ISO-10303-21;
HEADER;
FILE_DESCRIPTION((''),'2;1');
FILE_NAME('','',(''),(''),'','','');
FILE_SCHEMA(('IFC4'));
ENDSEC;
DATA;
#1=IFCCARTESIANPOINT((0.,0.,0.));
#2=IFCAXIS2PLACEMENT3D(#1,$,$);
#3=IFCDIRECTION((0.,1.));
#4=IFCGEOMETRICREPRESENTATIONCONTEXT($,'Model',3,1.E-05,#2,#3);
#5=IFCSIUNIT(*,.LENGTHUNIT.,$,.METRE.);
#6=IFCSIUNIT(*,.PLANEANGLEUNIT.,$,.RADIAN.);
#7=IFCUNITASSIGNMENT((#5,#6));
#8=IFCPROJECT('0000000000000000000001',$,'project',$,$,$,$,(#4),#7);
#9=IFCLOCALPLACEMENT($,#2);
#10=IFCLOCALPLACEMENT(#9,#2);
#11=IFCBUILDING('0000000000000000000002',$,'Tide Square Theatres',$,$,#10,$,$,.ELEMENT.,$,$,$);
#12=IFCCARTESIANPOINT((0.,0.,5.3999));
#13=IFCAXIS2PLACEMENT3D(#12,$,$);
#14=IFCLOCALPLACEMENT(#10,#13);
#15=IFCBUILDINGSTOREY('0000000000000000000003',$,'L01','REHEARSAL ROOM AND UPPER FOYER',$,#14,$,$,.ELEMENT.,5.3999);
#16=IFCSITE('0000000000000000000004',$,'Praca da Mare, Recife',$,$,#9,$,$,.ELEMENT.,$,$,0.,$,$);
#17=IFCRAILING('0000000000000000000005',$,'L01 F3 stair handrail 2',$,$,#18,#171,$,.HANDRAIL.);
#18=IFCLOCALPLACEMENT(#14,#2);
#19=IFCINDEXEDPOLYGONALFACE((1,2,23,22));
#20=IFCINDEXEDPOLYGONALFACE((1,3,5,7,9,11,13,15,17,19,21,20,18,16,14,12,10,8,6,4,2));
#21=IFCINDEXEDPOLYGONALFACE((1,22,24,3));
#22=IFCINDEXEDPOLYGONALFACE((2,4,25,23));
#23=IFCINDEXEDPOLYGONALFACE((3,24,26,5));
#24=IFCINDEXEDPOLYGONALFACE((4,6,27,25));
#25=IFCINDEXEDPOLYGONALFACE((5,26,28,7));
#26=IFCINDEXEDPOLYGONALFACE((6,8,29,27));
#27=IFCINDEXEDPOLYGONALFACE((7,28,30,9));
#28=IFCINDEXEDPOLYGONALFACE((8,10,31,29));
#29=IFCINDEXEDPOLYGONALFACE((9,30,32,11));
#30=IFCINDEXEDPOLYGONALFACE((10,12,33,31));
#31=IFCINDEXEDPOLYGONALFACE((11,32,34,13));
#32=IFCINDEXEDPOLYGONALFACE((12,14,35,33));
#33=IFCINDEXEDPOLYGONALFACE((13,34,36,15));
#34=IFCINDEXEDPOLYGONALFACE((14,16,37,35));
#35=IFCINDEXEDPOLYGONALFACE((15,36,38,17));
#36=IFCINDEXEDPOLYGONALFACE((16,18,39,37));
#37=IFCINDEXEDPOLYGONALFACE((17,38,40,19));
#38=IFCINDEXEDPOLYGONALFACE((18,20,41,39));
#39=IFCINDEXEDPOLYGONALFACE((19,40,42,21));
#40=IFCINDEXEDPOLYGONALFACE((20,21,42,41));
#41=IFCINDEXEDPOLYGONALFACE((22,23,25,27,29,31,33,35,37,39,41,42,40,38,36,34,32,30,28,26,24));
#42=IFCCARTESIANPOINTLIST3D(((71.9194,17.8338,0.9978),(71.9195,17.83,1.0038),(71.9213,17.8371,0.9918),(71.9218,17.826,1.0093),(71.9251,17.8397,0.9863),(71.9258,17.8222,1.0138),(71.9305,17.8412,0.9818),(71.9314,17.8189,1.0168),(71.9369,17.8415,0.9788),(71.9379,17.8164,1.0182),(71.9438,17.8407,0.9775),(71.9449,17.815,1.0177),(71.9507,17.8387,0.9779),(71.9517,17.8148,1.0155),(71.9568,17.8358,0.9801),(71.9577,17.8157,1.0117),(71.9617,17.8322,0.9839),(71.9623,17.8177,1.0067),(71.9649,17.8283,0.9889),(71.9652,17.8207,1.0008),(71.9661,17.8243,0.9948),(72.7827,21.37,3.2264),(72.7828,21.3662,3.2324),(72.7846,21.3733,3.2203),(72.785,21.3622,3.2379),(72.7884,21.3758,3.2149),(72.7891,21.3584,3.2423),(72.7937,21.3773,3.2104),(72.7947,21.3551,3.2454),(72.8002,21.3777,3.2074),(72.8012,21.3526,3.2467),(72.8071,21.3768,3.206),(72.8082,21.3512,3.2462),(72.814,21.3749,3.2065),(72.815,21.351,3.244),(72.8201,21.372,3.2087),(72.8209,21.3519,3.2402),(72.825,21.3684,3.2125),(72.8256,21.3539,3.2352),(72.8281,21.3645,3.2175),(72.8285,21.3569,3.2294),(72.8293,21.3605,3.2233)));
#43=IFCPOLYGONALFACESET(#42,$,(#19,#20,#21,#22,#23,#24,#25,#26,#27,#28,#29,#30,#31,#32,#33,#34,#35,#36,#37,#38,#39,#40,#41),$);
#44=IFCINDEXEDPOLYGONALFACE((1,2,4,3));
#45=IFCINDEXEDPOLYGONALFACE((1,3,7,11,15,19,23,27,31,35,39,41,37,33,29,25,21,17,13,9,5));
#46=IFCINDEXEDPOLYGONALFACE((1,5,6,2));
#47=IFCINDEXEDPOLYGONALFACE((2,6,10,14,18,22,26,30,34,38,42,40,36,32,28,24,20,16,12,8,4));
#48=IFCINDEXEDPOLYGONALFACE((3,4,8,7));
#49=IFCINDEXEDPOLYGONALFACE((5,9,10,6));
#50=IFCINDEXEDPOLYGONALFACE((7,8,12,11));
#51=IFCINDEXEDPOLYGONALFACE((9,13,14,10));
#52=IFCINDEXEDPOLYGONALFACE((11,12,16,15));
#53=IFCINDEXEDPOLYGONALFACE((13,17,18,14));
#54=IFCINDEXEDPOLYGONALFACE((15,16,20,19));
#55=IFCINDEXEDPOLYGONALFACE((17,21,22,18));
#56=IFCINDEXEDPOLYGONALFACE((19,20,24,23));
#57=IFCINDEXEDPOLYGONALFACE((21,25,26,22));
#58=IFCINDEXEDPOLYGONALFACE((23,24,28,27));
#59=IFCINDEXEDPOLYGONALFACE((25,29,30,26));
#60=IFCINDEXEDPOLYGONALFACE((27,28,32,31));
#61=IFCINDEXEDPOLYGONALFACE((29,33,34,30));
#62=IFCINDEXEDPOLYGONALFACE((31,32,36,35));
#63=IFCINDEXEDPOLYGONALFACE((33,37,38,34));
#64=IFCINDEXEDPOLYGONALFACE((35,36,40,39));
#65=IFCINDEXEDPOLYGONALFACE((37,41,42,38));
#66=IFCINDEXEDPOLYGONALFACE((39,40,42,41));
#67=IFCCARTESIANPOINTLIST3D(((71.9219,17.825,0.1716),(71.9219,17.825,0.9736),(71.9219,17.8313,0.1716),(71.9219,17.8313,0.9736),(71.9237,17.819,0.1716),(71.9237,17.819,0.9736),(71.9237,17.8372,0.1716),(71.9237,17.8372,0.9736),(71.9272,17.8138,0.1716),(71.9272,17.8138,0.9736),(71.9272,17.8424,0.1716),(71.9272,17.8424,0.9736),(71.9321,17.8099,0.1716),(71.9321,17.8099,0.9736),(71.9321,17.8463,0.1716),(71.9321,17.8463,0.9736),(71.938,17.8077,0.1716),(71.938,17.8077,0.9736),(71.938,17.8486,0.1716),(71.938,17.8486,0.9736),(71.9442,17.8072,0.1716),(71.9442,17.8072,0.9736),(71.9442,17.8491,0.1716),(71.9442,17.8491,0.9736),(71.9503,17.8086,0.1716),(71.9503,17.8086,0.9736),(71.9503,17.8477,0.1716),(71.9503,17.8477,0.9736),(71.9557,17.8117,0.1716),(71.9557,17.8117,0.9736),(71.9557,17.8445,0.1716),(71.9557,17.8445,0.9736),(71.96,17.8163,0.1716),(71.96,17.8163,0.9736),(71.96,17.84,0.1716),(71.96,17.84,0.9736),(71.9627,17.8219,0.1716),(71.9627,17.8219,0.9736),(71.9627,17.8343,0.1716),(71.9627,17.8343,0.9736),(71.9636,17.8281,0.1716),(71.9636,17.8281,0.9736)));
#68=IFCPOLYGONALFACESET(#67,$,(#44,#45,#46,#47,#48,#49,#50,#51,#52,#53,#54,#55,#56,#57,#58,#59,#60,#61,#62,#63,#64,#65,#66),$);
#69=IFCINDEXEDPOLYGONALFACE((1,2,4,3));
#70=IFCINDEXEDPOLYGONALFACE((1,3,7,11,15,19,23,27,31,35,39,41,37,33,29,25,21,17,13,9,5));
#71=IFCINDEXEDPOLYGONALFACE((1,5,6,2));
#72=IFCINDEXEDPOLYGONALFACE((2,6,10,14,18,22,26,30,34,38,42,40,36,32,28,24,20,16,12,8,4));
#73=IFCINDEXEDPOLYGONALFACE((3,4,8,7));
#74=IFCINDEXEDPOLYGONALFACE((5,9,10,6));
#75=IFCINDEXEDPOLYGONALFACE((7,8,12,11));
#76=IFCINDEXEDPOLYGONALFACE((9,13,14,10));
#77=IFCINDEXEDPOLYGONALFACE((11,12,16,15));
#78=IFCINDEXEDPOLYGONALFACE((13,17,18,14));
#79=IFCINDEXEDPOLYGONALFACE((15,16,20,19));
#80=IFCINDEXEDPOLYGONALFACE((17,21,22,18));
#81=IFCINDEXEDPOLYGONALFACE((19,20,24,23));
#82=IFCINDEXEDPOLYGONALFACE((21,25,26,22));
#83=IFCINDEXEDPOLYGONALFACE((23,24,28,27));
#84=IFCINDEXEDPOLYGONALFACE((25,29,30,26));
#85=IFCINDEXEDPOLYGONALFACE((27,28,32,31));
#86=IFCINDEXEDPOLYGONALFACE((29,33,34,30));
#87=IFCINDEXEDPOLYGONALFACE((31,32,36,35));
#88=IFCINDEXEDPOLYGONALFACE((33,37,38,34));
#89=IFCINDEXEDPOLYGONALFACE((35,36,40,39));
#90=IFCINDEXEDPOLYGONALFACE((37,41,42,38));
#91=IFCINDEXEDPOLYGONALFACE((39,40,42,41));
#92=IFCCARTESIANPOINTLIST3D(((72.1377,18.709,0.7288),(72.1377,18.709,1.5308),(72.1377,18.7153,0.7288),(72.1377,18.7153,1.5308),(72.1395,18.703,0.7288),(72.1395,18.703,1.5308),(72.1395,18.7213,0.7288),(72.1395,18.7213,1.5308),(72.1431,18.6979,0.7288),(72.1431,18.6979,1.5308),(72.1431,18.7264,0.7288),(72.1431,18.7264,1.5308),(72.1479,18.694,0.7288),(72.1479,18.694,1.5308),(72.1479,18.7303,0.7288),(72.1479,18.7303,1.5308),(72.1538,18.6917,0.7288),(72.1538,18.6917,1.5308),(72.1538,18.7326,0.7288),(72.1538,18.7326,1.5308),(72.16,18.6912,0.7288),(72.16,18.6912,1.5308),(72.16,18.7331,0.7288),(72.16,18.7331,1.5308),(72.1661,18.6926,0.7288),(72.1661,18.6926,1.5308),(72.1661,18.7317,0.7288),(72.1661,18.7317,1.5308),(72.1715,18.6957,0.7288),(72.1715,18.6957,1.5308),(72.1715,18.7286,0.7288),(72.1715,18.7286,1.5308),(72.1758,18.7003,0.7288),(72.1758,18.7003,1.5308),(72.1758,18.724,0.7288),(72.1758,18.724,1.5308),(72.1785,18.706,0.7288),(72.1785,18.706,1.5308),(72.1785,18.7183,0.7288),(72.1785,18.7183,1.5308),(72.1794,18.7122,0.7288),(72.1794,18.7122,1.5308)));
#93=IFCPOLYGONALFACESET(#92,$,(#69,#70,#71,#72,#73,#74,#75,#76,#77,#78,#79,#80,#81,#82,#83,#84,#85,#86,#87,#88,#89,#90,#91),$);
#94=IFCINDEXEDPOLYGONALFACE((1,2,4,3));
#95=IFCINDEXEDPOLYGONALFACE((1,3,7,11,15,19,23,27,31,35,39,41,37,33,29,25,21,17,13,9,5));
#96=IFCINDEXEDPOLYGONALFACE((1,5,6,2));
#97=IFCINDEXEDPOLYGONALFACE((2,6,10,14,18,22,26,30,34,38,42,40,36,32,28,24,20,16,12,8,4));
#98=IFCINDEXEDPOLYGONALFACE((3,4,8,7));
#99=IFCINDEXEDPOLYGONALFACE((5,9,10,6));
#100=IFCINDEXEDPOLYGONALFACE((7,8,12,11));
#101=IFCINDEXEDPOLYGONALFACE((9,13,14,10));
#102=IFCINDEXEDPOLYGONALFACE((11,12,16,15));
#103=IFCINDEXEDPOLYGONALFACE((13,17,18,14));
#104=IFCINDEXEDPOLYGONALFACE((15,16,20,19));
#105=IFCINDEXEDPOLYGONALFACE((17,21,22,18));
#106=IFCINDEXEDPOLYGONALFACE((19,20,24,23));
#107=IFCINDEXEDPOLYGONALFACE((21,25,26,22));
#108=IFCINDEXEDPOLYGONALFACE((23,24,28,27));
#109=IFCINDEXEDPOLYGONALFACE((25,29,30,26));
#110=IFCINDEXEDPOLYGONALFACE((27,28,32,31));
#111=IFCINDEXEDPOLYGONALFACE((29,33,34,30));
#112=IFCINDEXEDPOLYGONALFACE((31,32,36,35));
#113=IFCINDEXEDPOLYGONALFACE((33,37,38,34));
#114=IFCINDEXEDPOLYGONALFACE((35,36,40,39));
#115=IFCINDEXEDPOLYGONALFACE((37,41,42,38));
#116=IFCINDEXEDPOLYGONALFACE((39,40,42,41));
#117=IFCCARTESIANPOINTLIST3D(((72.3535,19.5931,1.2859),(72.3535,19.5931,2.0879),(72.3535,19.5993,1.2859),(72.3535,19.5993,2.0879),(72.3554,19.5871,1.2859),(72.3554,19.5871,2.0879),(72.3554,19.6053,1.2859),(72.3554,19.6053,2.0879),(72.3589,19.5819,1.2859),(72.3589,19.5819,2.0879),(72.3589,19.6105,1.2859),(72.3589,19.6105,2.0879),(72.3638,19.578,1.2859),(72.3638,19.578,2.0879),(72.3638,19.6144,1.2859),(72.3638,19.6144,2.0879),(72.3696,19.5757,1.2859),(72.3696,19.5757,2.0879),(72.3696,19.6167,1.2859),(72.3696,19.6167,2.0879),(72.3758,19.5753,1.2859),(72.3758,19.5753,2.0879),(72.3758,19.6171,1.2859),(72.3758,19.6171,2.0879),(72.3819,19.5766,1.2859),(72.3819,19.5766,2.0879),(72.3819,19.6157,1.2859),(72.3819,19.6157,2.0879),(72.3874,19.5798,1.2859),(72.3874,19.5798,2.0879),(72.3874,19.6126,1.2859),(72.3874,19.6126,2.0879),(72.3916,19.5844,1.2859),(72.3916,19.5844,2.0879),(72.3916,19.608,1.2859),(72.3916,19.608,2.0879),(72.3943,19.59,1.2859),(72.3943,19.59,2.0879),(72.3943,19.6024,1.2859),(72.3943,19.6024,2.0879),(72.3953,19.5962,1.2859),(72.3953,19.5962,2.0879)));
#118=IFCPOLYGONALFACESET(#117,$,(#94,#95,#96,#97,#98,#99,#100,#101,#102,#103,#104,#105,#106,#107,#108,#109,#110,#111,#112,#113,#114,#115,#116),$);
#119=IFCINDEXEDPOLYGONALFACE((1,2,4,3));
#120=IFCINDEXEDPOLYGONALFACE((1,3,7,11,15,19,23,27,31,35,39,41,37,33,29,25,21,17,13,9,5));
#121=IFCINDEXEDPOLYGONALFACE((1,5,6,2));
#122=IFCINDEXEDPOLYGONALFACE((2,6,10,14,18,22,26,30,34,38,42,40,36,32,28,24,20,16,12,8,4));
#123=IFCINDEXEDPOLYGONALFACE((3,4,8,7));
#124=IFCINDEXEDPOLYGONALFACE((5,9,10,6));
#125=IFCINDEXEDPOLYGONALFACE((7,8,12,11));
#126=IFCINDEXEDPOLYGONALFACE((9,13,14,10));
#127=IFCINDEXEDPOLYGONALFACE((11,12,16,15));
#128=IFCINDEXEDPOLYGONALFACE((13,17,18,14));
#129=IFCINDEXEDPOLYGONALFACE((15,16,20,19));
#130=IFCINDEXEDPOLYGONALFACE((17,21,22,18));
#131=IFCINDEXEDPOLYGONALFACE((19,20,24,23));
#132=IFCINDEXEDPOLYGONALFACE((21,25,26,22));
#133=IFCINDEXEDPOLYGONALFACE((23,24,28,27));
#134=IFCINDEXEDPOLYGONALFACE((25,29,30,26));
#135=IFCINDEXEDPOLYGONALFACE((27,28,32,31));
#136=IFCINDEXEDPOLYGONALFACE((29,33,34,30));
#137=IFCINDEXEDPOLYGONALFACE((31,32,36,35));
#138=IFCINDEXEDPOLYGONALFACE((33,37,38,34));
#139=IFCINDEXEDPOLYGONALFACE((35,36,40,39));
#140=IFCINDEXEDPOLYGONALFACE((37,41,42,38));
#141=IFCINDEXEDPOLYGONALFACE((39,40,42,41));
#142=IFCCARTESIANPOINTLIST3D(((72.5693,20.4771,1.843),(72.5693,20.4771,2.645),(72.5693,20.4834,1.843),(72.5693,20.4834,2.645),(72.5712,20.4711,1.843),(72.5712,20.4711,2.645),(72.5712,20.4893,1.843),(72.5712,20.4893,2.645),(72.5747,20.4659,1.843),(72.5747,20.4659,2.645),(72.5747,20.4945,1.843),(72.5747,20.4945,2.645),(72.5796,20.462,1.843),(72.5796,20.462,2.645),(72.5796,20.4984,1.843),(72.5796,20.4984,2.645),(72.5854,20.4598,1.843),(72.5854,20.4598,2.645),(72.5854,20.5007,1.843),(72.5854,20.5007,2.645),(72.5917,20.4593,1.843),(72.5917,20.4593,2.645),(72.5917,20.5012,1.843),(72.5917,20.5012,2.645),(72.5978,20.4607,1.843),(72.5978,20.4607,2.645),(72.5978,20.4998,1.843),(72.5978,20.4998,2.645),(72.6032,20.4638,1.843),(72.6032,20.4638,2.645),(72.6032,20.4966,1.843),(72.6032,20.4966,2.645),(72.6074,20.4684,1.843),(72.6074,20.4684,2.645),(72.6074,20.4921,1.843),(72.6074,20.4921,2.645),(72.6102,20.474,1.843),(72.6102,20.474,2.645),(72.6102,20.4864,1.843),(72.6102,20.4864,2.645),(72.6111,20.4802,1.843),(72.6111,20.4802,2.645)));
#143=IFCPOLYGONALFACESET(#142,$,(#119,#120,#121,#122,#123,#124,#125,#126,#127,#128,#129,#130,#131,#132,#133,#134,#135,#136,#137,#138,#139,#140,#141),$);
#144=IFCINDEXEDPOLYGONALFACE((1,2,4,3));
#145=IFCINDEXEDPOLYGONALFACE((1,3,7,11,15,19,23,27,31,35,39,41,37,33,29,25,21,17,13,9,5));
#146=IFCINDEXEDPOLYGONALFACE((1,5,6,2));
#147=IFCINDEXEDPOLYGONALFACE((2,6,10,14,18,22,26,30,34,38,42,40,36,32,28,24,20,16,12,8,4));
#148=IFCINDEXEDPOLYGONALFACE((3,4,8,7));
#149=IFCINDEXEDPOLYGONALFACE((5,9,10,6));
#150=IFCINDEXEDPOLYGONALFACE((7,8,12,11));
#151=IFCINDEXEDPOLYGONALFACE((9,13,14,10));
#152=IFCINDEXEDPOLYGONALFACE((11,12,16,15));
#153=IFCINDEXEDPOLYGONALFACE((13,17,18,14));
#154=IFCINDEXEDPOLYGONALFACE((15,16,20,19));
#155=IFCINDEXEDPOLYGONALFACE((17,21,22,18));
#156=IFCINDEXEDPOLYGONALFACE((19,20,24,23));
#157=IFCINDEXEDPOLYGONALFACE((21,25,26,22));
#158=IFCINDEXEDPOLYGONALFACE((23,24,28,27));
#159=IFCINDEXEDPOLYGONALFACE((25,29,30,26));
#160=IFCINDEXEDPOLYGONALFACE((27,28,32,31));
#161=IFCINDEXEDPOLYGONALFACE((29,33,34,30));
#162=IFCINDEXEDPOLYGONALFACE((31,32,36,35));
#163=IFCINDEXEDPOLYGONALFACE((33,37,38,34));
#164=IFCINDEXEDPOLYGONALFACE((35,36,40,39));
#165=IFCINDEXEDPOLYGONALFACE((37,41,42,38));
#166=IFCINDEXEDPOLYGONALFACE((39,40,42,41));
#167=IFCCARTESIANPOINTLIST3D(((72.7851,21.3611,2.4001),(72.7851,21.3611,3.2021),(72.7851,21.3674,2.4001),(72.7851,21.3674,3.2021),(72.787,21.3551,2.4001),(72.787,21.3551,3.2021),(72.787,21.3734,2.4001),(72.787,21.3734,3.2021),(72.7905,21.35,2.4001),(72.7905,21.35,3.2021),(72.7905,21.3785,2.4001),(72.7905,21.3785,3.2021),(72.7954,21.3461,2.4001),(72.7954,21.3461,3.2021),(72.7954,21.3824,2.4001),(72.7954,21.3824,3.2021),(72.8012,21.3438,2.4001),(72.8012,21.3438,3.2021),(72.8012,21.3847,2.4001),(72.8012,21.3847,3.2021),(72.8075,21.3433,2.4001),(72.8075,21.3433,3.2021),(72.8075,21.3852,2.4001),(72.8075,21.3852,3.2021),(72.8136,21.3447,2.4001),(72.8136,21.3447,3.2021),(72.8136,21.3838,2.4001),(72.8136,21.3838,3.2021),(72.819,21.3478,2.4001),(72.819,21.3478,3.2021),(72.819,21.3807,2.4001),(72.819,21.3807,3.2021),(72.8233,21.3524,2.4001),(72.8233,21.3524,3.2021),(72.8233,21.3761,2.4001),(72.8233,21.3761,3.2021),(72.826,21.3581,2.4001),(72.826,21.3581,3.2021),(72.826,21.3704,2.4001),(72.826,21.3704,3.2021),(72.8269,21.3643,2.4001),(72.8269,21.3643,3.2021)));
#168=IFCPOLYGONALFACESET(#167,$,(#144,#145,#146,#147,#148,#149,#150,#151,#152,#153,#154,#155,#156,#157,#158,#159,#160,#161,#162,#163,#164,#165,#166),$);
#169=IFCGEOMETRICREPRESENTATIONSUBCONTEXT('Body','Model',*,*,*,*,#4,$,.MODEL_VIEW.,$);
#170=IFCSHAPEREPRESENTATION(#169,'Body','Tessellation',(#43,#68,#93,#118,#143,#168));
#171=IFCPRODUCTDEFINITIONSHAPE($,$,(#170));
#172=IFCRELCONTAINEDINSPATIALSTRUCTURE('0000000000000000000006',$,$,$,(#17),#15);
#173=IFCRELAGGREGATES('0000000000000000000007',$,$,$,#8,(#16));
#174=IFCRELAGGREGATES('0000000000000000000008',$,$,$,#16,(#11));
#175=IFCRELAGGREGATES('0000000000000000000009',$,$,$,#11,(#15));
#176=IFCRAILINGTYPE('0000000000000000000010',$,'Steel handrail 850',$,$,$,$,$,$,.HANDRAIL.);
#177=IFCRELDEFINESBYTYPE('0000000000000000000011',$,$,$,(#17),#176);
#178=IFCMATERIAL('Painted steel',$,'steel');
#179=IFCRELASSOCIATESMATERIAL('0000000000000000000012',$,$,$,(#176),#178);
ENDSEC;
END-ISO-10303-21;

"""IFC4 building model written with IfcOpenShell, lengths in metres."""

from ifc_helpers import new_model, si_unit, direction, frame, origin, origin_2d, place, context, subcontext, project, spatial, circle, extrude, material, type_object, element, save


model = new_model("IFC4")

# Units and contexts
model_context = context("Model", 3, precision=1e-05, world=origin(), true_north=direction((0.0, 1.0)))
body_context = subcontext(model_context, "Body", "Model", "MODEL_VIEW")
ifc_project = project(units=[si_unit("LENGTHUNIT", "METRE"), si_unit("PLANEANGLEUNIT", "RADIAN")], contexts=[model_context])

# Site, building, storey
site_placement = place(None, origin())
site = spatial("IfcSite", under=ifc_project, at=site_placement, Name="Praca da Mare, Recife", CompositionType="ELEMENT", RefElevation=0.0)
building_placement = place(site_placement, origin())
building = spatial("IfcBuilding", under=site, at=building_placement, Name="Tide Square Theatres", CompositionType="ELEMENT")
storey_placement = place(building_placement, frame((0.0, 0.0, 5.3999)))
storey = spatial("IfcBuildingStorey", under=building, at=storey_placement, Name="L01", Description="REHEARSAL ROOM AND UPPER FOYER", CompositionType="ELEMENT", Elevation=5.3999)

# Railing
ifc_material_1 = material(Name="Painted steel", Category="steel")
railing_type_1 = type_object("IfcRailingType", Name="Steel handrail 850", PredefinedType="HANDRAIL", material=ifc_material_1)
for number, where, name in (
    (1, (71.9426, 17.8281, 0.1716), "L01 F3 stair handrail 2"),
):
    element("IfcRailing", number, at=place(storey_placement, frame(where)), inside=storey, type_object=railing_type_1, Name=name, PredefinedType="HANDRAIL", context=body_context, shape_type="SweptSolid", body=[
        extrude(circle(Radius=0.0239, at=origin_2d()), frame((0.0, 0.0, 0.8262), z_axis=(0.202269, 0.828523, 0.522146), x_axis=(-0.971469, 0.237166, 0.0)), (0.0, 0.0, 1.0), 4.2681),
        extrude(circle(Radius=0.021, at=origin_2d()), origin(), (0.0, 0.0, 1.0), 0.802),
        extrude(circle(Radius=0.021, at=origin_2d()), frame((0.2158, 0.884, 0.5571)), (0.0, 0.0, 1.0), 0.802),
        extrude(circle(Radius=0.021, at=origin_2d()), frame((0.4316, 1.7681, 1.1143)), (0.0, 0.0, 1.0), 0.802),
        extrude(circle(Radius=0.021, at=origin_2d()), frame((0.6475, 2.6521, 1.6714)), (0.0, 0.0, 1.0), 0.802),
        extrude(circle(Radius=0.021, at=origin_2d()), frame((0.8633, 3.5361, 2.2285)), (0.0, 0.0, 1.0), 0.802),
    ])

save(model, "model.ifc")
